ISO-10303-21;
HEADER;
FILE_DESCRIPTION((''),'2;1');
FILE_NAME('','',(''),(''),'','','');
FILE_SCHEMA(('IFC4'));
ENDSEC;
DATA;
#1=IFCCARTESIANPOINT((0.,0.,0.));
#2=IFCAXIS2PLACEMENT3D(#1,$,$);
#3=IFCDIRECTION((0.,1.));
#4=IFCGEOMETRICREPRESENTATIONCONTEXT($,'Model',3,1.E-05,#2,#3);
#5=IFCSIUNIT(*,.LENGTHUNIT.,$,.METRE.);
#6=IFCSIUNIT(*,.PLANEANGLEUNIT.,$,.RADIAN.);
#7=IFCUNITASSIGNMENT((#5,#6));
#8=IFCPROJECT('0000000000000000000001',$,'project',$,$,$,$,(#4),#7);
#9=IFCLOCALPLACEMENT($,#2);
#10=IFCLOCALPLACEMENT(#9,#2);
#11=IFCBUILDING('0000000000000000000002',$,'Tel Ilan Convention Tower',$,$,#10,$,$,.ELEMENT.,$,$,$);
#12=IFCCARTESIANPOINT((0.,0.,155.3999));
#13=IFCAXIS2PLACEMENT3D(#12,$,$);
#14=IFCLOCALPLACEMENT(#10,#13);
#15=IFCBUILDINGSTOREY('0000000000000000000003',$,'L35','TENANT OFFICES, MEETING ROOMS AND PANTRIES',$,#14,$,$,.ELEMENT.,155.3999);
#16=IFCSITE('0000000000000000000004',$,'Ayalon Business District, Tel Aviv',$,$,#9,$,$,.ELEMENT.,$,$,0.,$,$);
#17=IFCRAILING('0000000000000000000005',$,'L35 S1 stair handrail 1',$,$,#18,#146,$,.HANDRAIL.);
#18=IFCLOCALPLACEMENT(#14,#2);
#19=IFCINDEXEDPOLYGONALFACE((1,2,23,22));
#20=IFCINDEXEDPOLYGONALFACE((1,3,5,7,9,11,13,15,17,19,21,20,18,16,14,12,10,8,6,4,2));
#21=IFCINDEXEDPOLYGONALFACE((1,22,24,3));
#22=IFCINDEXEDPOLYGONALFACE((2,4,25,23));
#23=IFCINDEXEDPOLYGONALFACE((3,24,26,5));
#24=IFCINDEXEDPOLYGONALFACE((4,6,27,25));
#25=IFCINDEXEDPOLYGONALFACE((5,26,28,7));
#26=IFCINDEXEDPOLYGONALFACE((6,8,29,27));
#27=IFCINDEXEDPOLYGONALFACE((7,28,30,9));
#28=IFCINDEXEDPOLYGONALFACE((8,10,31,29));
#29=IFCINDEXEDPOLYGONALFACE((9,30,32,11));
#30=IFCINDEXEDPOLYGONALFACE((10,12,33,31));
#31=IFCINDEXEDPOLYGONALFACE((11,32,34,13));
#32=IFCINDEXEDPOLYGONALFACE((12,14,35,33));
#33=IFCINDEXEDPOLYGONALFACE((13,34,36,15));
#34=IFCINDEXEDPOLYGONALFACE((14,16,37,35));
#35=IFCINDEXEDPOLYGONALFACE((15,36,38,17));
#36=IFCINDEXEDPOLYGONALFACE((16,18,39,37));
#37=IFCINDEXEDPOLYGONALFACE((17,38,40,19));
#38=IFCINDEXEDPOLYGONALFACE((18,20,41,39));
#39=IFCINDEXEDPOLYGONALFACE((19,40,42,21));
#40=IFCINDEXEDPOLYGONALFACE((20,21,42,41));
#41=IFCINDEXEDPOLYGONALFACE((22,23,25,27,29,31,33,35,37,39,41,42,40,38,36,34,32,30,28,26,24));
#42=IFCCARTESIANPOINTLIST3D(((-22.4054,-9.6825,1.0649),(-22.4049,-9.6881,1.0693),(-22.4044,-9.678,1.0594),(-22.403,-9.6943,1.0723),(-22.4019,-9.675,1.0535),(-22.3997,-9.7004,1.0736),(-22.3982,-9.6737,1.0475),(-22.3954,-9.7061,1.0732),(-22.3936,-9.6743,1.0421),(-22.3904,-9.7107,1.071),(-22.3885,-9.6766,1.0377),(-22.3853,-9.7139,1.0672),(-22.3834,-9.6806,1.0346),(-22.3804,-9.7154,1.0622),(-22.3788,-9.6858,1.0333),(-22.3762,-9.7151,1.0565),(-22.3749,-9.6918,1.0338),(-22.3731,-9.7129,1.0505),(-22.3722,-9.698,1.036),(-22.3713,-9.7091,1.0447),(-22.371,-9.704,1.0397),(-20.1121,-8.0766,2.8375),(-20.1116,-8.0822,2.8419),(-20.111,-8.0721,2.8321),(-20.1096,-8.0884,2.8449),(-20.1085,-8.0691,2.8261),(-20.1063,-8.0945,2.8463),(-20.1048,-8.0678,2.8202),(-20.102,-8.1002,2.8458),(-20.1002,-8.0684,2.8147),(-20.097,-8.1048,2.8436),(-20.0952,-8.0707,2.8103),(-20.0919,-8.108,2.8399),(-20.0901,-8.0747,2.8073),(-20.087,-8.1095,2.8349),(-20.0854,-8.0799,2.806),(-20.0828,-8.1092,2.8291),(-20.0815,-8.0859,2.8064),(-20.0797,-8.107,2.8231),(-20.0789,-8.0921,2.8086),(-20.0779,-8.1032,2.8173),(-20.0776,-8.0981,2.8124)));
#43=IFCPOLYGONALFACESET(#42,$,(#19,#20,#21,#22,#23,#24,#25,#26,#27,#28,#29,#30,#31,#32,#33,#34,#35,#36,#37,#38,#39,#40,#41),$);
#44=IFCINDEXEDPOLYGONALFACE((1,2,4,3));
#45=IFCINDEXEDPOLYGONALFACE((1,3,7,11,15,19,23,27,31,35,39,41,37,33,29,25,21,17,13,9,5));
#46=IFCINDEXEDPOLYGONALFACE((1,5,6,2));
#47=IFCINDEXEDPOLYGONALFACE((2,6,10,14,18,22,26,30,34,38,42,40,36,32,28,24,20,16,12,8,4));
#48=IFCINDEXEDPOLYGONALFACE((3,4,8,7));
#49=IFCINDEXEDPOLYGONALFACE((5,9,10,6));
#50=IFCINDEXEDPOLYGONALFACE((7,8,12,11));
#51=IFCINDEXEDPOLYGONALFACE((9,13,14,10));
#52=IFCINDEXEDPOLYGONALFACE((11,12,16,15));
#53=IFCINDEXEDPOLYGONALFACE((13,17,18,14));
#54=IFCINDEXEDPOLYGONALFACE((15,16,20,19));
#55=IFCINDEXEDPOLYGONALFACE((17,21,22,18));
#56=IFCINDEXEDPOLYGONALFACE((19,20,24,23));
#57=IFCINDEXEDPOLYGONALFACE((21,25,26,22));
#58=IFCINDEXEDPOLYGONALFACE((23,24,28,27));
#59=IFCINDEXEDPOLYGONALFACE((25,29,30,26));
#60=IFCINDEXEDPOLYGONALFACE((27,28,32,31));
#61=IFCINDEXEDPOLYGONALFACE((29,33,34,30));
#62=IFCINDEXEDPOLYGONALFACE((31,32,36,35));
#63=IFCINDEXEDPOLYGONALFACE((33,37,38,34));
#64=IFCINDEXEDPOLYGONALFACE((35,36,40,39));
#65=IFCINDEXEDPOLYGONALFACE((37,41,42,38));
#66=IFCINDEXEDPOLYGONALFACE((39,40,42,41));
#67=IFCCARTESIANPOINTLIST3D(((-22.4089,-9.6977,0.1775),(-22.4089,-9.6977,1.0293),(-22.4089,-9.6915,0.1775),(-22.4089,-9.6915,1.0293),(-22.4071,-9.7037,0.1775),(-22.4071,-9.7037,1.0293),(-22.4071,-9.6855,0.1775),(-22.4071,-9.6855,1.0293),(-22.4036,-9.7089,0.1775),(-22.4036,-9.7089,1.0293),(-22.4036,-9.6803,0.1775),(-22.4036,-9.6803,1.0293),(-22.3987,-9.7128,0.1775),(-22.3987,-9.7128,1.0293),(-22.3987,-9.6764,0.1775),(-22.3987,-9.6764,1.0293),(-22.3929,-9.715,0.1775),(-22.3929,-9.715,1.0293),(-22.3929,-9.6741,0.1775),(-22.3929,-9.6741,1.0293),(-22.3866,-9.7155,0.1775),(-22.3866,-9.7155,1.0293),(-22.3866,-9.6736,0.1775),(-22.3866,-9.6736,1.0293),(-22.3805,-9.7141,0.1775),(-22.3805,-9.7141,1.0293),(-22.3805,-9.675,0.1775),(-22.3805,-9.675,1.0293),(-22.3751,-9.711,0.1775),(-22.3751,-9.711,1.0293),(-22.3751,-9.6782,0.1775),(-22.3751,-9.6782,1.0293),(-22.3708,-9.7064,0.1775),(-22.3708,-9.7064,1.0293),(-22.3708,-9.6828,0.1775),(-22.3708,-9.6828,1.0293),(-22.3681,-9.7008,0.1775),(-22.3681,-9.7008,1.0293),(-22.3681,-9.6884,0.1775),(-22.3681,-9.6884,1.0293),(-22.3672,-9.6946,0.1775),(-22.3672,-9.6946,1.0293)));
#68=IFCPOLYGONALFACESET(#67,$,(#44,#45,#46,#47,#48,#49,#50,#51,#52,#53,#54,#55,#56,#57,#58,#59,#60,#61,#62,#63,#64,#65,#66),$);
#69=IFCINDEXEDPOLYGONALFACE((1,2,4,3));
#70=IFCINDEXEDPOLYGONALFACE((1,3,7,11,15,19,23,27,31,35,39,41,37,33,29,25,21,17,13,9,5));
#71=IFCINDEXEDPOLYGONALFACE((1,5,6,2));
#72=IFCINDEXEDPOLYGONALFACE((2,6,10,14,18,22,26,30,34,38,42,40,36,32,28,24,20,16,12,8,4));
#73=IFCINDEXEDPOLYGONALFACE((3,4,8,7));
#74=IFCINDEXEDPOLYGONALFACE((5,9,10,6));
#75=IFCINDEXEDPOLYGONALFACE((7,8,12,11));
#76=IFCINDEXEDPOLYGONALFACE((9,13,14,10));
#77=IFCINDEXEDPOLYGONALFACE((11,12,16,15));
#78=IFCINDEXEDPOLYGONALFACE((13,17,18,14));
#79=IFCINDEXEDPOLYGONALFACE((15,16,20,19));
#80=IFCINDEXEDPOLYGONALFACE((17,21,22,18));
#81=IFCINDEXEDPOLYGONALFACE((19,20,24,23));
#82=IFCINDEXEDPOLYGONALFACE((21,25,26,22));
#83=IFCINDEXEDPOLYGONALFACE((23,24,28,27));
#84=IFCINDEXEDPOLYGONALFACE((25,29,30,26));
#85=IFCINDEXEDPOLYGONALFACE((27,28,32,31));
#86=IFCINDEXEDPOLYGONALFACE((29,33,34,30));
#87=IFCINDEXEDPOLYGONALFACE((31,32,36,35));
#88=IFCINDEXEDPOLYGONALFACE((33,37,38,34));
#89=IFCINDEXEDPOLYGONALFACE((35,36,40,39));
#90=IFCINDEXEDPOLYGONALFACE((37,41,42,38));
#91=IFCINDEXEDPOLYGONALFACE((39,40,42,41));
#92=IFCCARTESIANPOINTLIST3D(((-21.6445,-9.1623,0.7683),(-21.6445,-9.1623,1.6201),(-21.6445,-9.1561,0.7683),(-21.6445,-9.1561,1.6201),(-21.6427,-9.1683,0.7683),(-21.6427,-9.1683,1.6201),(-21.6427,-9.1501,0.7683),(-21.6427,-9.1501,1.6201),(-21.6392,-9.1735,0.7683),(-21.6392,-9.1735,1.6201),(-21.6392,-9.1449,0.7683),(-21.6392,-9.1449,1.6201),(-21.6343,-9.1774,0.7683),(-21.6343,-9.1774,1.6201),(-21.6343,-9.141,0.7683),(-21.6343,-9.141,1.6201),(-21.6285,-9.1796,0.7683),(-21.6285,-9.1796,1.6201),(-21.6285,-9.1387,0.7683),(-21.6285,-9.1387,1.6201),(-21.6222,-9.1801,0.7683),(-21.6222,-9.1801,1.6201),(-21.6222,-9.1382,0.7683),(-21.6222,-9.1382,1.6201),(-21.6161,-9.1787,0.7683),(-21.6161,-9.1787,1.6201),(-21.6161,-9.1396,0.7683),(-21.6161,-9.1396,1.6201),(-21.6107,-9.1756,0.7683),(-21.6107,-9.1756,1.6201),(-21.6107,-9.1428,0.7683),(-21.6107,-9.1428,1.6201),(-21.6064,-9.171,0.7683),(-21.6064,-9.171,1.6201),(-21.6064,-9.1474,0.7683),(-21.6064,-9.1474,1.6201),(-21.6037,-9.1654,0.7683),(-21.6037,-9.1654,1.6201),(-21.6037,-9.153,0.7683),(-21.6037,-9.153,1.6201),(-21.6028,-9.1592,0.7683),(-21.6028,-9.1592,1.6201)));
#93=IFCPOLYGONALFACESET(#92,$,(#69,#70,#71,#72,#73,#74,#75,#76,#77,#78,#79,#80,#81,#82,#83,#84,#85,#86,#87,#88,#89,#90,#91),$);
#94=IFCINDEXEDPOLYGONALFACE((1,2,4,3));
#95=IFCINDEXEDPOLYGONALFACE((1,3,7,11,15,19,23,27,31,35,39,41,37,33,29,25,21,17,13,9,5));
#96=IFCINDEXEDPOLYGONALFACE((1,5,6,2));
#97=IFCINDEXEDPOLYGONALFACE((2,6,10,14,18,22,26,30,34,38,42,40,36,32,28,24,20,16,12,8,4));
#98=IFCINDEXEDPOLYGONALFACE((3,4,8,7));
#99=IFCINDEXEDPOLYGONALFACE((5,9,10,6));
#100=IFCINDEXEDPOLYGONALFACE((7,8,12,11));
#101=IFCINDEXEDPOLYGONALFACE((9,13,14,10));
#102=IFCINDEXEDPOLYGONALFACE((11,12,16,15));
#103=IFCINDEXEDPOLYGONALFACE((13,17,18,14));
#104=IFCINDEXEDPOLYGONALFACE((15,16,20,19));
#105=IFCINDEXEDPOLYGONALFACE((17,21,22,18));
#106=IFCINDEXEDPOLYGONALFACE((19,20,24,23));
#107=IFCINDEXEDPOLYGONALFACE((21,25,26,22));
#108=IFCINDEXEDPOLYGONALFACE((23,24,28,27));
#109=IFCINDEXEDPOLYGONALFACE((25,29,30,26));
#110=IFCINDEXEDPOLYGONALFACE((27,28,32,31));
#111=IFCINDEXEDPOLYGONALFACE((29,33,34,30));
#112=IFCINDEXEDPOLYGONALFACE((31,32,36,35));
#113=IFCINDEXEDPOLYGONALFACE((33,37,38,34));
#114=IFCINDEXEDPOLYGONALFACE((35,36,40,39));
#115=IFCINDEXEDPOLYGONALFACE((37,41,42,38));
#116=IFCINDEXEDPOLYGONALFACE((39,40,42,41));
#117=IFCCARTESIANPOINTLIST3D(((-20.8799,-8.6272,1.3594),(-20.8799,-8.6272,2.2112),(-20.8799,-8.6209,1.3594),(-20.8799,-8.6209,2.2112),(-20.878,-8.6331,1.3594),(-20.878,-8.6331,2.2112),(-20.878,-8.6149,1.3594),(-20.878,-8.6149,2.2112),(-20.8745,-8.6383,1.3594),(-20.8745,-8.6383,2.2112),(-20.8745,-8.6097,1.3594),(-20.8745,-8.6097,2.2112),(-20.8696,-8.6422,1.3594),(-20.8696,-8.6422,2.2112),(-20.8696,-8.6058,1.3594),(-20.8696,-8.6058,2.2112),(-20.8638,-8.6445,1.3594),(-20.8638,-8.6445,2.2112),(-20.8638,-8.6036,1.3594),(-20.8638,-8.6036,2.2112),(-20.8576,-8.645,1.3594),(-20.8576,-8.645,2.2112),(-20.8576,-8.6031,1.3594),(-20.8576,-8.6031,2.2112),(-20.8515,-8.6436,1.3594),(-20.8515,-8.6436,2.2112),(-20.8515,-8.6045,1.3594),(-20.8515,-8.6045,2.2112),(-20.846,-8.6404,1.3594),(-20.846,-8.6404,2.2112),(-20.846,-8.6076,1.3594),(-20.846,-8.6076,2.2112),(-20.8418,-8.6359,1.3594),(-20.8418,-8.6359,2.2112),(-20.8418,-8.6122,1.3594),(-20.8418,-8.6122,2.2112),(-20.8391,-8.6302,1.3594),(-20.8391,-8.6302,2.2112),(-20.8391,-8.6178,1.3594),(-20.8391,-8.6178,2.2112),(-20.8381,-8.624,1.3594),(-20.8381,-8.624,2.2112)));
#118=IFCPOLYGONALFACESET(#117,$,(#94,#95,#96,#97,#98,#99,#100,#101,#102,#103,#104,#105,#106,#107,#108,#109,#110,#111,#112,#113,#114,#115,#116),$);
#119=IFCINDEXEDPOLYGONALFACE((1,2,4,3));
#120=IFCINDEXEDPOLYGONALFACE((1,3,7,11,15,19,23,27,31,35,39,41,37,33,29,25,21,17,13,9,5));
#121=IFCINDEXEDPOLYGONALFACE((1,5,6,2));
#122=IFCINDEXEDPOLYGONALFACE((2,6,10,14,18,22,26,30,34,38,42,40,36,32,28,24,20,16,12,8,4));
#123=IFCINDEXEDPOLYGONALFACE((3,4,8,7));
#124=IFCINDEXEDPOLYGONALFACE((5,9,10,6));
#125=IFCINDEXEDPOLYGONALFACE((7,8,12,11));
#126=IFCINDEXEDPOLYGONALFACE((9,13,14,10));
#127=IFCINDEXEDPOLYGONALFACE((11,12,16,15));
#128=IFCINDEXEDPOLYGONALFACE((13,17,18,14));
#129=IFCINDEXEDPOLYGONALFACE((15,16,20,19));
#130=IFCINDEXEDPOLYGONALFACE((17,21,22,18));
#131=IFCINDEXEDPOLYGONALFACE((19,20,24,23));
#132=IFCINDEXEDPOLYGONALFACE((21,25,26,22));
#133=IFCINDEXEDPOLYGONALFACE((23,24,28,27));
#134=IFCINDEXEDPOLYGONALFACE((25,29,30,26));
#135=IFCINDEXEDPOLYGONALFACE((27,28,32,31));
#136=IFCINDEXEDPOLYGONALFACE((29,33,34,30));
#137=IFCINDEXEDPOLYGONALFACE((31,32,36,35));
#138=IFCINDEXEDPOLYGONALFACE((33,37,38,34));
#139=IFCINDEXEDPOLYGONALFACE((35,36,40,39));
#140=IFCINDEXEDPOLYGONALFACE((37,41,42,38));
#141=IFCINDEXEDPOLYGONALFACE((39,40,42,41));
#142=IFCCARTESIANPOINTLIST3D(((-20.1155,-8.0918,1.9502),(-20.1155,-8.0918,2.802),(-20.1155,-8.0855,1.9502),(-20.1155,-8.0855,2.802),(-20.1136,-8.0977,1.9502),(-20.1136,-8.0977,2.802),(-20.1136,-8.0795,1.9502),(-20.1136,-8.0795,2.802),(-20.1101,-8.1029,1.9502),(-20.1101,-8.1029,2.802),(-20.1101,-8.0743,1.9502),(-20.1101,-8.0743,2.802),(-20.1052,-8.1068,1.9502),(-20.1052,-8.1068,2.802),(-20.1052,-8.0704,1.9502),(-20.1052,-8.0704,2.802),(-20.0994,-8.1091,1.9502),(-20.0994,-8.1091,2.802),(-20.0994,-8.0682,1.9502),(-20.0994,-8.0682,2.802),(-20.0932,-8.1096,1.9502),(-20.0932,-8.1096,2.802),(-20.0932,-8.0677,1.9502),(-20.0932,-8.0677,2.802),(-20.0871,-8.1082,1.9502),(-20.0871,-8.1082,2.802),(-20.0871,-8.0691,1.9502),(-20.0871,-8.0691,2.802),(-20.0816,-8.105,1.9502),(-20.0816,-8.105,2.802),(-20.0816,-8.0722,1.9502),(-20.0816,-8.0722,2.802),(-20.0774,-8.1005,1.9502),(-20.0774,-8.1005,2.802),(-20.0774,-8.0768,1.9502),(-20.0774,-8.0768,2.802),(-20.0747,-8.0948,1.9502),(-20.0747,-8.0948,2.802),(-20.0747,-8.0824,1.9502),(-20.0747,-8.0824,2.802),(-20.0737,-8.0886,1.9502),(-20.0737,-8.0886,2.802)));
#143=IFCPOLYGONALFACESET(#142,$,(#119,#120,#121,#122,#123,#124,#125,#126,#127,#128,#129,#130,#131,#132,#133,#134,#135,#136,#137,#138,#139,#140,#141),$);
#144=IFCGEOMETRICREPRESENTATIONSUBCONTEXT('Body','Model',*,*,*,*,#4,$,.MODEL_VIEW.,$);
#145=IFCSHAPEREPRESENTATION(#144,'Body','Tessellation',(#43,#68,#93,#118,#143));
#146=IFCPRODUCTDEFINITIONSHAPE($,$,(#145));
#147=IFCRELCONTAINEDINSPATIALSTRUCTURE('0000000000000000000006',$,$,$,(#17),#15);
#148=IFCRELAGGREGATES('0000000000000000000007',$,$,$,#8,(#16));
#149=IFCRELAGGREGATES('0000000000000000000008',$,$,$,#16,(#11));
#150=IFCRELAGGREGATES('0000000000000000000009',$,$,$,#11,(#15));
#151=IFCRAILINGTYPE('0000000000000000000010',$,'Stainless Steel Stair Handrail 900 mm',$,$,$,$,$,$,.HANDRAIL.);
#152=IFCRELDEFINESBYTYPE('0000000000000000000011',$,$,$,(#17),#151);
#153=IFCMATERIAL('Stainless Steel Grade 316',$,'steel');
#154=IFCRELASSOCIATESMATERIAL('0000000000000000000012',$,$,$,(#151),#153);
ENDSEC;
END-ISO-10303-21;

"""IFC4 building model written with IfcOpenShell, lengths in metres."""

from ifc_helpers import new_model, si_unit, direction, frame, origin, origin_2d, place, context, subcontext, project, spatial, circle, extrude, material, type_object, element, save


model = new_model("IFC4")

# Units and contexts
model_context = context("Model", 3, precision=1e-05, world=origin(), true_north=direction((0.0, 1.0)))
body_context = subcontext(model_context, "Body", "Model", "MODEL_VIEW")
ifc_project = project(units=[si_unit("LENGTHUNIT", "METRE"), si_unit("PLANEANGLEUNIT", "RADIAN")], contexts=[model_context])

# Site, building, storey
site_placement = place(None, origin())
site = spatial("IfcSite", under=ifc_project, at=site_placement, Name="Ayalon Business District, Tel Aviv", CompositionType="ELEMENT", RefElevation=0.0)
building_placement = place(site_placement, origin())
building = spatial("IfcBuilding", under=site, at=building_placement, Name="Tel Ilan Convention Tower", CompositionType="ELEMENT")
storey_placement = place(building_placement, frame((0.0, 0.0, 155.3999)))
storey = spatial("IfcBuildingStorey", under=building, at=storey_placement, Name="L35", Description="TENANT OFFICES, MEETING ROOMS AND PANTRIES", CompositionType="ELEMENT", Elevation=155.3999)

# Railing
ifc_material_1 = material(Name="Stainless Steel Grade 316", Category="steel")
railing_type_1 = type_object("IfcRailingType", Name="Stainless Steel Stair Handrail 900 mm", PredefinedType="HANDRAIL", material=ifc_material_1)
railing_1_placement = place(storey_placement, frame((-22.3882, -9.6946, 0.1775)))
element("IfcRailing", 1, at=railing_1_placement, inside=storey, type_object=railing_type_1, Name="L35 S1 stair handrail 1", PredefinedType="HANDRAIL", context=body_context, shape_type="SweptSolid", body=[
    extrude(circle(Radius=0.0239, at=origin_2d()), frame((0.0, 0.0, 0.876), z_axis=(0.692085, 0.484621, 0.53494), x_axis=(-0.573591, 0.819142, 0.0)), (0.0, 0.0, 1.0), 3.3137),
    extrude(circle(Radius=0.021, at=origin_2d()), origin(), (0.0, 0.0, 1.0), 0.8518),
    extrude(circle(Radius=0.021, at=origin_2d()), frame((0.7644, 0.5354, 0.5908)), (0.0, 0.0, 1.0), 0.8518),
    extrude(circle(Radius=0.021, at=origin_2d()), frame((1.5291, 1.0706, 1.1819)), (0.0, 0.0, 1.0), 0.8518),
    extrude(circle(Radius=0.021, at=origin_2d()), frame((2.2935, 1.606, 1.7727)), (0.0, 0.0, 1.0), 0.8518),
])

save(model, "model.ifc")
